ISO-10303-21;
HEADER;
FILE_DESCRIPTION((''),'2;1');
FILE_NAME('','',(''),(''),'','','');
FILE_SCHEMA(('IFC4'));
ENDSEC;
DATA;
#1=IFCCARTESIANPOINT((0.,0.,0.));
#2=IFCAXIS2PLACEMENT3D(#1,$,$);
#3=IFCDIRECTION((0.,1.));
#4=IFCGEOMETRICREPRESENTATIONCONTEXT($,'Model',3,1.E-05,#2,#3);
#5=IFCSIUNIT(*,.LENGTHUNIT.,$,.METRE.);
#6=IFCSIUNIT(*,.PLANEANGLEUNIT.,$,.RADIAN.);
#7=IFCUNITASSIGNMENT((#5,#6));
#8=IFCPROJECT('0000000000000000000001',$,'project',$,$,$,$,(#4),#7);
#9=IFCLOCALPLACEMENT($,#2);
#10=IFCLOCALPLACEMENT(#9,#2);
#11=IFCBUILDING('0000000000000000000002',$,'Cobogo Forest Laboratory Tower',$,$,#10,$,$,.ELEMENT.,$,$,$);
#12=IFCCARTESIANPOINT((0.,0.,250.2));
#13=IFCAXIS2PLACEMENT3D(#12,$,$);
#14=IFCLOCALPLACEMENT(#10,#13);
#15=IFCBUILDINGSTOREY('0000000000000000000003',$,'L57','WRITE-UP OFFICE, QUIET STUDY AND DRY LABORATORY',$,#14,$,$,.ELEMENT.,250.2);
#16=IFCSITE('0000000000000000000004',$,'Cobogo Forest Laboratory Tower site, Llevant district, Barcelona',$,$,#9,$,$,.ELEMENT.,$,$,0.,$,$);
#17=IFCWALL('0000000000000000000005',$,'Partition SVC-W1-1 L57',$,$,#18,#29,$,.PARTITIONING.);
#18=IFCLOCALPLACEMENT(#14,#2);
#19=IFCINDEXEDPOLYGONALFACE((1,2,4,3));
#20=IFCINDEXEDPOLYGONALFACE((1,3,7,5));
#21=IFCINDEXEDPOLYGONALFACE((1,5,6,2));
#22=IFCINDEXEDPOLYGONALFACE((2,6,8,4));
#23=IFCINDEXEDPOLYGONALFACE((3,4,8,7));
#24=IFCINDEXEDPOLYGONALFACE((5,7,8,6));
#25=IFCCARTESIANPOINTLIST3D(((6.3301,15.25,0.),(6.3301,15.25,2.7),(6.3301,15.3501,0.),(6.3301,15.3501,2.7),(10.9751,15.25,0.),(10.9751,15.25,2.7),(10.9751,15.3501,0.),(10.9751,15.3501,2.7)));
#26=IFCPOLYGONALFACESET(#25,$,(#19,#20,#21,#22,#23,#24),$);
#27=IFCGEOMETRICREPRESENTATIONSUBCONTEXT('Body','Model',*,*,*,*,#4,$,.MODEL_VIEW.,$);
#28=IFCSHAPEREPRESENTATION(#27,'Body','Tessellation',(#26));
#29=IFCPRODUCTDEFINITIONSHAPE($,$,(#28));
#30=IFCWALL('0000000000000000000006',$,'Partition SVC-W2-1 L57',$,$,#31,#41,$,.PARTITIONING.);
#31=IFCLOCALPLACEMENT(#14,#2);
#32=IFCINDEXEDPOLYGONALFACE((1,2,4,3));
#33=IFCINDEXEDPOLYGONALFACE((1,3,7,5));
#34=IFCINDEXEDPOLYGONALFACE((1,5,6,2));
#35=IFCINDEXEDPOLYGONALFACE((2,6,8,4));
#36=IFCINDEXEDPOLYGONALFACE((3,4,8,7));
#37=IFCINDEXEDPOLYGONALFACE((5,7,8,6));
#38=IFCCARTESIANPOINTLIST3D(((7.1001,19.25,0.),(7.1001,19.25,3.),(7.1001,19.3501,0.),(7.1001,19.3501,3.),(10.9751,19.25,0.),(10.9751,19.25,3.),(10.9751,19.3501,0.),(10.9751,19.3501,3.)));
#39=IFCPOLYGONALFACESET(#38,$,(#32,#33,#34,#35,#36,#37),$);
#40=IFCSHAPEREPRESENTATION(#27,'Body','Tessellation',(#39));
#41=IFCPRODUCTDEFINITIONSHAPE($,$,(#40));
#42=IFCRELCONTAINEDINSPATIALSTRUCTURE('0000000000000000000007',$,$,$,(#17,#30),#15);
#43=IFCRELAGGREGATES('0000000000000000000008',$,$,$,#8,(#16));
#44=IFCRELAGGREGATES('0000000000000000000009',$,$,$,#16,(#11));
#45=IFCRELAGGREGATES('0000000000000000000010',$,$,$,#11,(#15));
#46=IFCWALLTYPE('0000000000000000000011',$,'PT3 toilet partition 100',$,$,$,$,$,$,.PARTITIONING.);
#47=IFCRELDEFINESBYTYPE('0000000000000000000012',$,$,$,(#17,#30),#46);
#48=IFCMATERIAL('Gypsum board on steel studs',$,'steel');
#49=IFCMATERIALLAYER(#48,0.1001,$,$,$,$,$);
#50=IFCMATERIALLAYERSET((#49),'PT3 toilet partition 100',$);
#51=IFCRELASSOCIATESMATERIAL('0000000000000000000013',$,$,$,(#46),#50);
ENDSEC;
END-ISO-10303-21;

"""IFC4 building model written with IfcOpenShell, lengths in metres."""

from ifc_helpers import new_model, si_unit, direction, frame, frame_2d, origin, place, context, subcontext, project, spatial, rectangle, extrude, material, layer, layer_set, type_object, element, save


model = new_model("IFC4")

# Units and contexts
model_context = context("Model", 3, precision=1e-05, world=origin(), true_north=direction((0.0, 1.0)))
body_context = subcontext(model_context, "Body", "Model", "MODEL_VIEW")
ifc_project = project(units=[si_unit("LENGTHUNIT", "METRE"), si_unit("PLANEANGLEUNIT", "RADIAN")], contexts=[model_context])

# Site, building, storey
site_placement = place(None, origin())
site = spatial("IfcSite", under=ifc_project, at=site_placement, Name="Cobogo Forest Laboratory Tower site, Llevant district, Barcelona", CompositionType="ELEMENT", RefElevation=0.0)
building_placement = place(site_placement, origin())
building = spatial("IfcBuilding", under=site, at=building_placement, Name="Cobogo Forest Laboratory Tower", CompositionType="ELEMENT")
storey_placement = place(building_placement, frame((0.0, 0.0, 250.2)))
storey = spatial("IfcBuildingStorey", under=building, at=storey_placement, Name="L57", Description="WRITE-UP OFFICE, QUIET STUDY AND DRY LABORATORY", CompositionType="ELEMENT", Elevation=250.2)

# Shared definitions
ifc_material_1 = material(Name="Gypsum board on steel studs", Category="steel")

# Walls
ifc_layer_1 = layer(ifc_material_1, 0.1001)
ifc_layer_set_1 = layer_set([ifc_layer_1], Name="PT3 toilet partition 100")
wall_type_1 = type_object("IfcWallType", Name="PT3 toilet partition 100", PredefinedType="PARTITIONING", material=ifc_layer_set_1)
wall_1_placement = place(storey_placement, frame((6.3301, 15.3, 0.0), z_axis=(0.0, 0.0, 1.0), x_axis=(1.0, 0.0, 0.0)))
element("IfcWall", 1, at=wall_1_placement, inside=storey, type_object=wall_type_1, Name="Partition SVC-W1-1 L57", PredefinedType="PARTITIONING", context=body_context, shape_type="SweptSolid", body=[
    extrude(rectangle(XDim=4.645, YDim=0.1001, at=frame_2d((2.3225, 0.0))), origin(), (0.0, 0.0, 1.0), 2.7),
])
wall_2_placement = place(storey_placement, frame((7.1001, 19.3, 0.0), z_axis=(0.0, 0.0, 1.0), x_axis=(1.0, 0.0, 0.0)))
element("IfcWall", 2, at=wall_2_placement, inside=storey, type_object=wall_type_1, Name="Partition SVC-W2-1 L57", PredefinedType="PARTITIONING", context=body_context, shape_type="SweptSolid", body=[
    extrude(rectangle(XDim=3.875, YDim=0.1001, at=frame_2d((1.9375, 0.0))), origin(), (0.0, 0.0, 1.0), 3.0),
])

save(model, "model.ifc")
